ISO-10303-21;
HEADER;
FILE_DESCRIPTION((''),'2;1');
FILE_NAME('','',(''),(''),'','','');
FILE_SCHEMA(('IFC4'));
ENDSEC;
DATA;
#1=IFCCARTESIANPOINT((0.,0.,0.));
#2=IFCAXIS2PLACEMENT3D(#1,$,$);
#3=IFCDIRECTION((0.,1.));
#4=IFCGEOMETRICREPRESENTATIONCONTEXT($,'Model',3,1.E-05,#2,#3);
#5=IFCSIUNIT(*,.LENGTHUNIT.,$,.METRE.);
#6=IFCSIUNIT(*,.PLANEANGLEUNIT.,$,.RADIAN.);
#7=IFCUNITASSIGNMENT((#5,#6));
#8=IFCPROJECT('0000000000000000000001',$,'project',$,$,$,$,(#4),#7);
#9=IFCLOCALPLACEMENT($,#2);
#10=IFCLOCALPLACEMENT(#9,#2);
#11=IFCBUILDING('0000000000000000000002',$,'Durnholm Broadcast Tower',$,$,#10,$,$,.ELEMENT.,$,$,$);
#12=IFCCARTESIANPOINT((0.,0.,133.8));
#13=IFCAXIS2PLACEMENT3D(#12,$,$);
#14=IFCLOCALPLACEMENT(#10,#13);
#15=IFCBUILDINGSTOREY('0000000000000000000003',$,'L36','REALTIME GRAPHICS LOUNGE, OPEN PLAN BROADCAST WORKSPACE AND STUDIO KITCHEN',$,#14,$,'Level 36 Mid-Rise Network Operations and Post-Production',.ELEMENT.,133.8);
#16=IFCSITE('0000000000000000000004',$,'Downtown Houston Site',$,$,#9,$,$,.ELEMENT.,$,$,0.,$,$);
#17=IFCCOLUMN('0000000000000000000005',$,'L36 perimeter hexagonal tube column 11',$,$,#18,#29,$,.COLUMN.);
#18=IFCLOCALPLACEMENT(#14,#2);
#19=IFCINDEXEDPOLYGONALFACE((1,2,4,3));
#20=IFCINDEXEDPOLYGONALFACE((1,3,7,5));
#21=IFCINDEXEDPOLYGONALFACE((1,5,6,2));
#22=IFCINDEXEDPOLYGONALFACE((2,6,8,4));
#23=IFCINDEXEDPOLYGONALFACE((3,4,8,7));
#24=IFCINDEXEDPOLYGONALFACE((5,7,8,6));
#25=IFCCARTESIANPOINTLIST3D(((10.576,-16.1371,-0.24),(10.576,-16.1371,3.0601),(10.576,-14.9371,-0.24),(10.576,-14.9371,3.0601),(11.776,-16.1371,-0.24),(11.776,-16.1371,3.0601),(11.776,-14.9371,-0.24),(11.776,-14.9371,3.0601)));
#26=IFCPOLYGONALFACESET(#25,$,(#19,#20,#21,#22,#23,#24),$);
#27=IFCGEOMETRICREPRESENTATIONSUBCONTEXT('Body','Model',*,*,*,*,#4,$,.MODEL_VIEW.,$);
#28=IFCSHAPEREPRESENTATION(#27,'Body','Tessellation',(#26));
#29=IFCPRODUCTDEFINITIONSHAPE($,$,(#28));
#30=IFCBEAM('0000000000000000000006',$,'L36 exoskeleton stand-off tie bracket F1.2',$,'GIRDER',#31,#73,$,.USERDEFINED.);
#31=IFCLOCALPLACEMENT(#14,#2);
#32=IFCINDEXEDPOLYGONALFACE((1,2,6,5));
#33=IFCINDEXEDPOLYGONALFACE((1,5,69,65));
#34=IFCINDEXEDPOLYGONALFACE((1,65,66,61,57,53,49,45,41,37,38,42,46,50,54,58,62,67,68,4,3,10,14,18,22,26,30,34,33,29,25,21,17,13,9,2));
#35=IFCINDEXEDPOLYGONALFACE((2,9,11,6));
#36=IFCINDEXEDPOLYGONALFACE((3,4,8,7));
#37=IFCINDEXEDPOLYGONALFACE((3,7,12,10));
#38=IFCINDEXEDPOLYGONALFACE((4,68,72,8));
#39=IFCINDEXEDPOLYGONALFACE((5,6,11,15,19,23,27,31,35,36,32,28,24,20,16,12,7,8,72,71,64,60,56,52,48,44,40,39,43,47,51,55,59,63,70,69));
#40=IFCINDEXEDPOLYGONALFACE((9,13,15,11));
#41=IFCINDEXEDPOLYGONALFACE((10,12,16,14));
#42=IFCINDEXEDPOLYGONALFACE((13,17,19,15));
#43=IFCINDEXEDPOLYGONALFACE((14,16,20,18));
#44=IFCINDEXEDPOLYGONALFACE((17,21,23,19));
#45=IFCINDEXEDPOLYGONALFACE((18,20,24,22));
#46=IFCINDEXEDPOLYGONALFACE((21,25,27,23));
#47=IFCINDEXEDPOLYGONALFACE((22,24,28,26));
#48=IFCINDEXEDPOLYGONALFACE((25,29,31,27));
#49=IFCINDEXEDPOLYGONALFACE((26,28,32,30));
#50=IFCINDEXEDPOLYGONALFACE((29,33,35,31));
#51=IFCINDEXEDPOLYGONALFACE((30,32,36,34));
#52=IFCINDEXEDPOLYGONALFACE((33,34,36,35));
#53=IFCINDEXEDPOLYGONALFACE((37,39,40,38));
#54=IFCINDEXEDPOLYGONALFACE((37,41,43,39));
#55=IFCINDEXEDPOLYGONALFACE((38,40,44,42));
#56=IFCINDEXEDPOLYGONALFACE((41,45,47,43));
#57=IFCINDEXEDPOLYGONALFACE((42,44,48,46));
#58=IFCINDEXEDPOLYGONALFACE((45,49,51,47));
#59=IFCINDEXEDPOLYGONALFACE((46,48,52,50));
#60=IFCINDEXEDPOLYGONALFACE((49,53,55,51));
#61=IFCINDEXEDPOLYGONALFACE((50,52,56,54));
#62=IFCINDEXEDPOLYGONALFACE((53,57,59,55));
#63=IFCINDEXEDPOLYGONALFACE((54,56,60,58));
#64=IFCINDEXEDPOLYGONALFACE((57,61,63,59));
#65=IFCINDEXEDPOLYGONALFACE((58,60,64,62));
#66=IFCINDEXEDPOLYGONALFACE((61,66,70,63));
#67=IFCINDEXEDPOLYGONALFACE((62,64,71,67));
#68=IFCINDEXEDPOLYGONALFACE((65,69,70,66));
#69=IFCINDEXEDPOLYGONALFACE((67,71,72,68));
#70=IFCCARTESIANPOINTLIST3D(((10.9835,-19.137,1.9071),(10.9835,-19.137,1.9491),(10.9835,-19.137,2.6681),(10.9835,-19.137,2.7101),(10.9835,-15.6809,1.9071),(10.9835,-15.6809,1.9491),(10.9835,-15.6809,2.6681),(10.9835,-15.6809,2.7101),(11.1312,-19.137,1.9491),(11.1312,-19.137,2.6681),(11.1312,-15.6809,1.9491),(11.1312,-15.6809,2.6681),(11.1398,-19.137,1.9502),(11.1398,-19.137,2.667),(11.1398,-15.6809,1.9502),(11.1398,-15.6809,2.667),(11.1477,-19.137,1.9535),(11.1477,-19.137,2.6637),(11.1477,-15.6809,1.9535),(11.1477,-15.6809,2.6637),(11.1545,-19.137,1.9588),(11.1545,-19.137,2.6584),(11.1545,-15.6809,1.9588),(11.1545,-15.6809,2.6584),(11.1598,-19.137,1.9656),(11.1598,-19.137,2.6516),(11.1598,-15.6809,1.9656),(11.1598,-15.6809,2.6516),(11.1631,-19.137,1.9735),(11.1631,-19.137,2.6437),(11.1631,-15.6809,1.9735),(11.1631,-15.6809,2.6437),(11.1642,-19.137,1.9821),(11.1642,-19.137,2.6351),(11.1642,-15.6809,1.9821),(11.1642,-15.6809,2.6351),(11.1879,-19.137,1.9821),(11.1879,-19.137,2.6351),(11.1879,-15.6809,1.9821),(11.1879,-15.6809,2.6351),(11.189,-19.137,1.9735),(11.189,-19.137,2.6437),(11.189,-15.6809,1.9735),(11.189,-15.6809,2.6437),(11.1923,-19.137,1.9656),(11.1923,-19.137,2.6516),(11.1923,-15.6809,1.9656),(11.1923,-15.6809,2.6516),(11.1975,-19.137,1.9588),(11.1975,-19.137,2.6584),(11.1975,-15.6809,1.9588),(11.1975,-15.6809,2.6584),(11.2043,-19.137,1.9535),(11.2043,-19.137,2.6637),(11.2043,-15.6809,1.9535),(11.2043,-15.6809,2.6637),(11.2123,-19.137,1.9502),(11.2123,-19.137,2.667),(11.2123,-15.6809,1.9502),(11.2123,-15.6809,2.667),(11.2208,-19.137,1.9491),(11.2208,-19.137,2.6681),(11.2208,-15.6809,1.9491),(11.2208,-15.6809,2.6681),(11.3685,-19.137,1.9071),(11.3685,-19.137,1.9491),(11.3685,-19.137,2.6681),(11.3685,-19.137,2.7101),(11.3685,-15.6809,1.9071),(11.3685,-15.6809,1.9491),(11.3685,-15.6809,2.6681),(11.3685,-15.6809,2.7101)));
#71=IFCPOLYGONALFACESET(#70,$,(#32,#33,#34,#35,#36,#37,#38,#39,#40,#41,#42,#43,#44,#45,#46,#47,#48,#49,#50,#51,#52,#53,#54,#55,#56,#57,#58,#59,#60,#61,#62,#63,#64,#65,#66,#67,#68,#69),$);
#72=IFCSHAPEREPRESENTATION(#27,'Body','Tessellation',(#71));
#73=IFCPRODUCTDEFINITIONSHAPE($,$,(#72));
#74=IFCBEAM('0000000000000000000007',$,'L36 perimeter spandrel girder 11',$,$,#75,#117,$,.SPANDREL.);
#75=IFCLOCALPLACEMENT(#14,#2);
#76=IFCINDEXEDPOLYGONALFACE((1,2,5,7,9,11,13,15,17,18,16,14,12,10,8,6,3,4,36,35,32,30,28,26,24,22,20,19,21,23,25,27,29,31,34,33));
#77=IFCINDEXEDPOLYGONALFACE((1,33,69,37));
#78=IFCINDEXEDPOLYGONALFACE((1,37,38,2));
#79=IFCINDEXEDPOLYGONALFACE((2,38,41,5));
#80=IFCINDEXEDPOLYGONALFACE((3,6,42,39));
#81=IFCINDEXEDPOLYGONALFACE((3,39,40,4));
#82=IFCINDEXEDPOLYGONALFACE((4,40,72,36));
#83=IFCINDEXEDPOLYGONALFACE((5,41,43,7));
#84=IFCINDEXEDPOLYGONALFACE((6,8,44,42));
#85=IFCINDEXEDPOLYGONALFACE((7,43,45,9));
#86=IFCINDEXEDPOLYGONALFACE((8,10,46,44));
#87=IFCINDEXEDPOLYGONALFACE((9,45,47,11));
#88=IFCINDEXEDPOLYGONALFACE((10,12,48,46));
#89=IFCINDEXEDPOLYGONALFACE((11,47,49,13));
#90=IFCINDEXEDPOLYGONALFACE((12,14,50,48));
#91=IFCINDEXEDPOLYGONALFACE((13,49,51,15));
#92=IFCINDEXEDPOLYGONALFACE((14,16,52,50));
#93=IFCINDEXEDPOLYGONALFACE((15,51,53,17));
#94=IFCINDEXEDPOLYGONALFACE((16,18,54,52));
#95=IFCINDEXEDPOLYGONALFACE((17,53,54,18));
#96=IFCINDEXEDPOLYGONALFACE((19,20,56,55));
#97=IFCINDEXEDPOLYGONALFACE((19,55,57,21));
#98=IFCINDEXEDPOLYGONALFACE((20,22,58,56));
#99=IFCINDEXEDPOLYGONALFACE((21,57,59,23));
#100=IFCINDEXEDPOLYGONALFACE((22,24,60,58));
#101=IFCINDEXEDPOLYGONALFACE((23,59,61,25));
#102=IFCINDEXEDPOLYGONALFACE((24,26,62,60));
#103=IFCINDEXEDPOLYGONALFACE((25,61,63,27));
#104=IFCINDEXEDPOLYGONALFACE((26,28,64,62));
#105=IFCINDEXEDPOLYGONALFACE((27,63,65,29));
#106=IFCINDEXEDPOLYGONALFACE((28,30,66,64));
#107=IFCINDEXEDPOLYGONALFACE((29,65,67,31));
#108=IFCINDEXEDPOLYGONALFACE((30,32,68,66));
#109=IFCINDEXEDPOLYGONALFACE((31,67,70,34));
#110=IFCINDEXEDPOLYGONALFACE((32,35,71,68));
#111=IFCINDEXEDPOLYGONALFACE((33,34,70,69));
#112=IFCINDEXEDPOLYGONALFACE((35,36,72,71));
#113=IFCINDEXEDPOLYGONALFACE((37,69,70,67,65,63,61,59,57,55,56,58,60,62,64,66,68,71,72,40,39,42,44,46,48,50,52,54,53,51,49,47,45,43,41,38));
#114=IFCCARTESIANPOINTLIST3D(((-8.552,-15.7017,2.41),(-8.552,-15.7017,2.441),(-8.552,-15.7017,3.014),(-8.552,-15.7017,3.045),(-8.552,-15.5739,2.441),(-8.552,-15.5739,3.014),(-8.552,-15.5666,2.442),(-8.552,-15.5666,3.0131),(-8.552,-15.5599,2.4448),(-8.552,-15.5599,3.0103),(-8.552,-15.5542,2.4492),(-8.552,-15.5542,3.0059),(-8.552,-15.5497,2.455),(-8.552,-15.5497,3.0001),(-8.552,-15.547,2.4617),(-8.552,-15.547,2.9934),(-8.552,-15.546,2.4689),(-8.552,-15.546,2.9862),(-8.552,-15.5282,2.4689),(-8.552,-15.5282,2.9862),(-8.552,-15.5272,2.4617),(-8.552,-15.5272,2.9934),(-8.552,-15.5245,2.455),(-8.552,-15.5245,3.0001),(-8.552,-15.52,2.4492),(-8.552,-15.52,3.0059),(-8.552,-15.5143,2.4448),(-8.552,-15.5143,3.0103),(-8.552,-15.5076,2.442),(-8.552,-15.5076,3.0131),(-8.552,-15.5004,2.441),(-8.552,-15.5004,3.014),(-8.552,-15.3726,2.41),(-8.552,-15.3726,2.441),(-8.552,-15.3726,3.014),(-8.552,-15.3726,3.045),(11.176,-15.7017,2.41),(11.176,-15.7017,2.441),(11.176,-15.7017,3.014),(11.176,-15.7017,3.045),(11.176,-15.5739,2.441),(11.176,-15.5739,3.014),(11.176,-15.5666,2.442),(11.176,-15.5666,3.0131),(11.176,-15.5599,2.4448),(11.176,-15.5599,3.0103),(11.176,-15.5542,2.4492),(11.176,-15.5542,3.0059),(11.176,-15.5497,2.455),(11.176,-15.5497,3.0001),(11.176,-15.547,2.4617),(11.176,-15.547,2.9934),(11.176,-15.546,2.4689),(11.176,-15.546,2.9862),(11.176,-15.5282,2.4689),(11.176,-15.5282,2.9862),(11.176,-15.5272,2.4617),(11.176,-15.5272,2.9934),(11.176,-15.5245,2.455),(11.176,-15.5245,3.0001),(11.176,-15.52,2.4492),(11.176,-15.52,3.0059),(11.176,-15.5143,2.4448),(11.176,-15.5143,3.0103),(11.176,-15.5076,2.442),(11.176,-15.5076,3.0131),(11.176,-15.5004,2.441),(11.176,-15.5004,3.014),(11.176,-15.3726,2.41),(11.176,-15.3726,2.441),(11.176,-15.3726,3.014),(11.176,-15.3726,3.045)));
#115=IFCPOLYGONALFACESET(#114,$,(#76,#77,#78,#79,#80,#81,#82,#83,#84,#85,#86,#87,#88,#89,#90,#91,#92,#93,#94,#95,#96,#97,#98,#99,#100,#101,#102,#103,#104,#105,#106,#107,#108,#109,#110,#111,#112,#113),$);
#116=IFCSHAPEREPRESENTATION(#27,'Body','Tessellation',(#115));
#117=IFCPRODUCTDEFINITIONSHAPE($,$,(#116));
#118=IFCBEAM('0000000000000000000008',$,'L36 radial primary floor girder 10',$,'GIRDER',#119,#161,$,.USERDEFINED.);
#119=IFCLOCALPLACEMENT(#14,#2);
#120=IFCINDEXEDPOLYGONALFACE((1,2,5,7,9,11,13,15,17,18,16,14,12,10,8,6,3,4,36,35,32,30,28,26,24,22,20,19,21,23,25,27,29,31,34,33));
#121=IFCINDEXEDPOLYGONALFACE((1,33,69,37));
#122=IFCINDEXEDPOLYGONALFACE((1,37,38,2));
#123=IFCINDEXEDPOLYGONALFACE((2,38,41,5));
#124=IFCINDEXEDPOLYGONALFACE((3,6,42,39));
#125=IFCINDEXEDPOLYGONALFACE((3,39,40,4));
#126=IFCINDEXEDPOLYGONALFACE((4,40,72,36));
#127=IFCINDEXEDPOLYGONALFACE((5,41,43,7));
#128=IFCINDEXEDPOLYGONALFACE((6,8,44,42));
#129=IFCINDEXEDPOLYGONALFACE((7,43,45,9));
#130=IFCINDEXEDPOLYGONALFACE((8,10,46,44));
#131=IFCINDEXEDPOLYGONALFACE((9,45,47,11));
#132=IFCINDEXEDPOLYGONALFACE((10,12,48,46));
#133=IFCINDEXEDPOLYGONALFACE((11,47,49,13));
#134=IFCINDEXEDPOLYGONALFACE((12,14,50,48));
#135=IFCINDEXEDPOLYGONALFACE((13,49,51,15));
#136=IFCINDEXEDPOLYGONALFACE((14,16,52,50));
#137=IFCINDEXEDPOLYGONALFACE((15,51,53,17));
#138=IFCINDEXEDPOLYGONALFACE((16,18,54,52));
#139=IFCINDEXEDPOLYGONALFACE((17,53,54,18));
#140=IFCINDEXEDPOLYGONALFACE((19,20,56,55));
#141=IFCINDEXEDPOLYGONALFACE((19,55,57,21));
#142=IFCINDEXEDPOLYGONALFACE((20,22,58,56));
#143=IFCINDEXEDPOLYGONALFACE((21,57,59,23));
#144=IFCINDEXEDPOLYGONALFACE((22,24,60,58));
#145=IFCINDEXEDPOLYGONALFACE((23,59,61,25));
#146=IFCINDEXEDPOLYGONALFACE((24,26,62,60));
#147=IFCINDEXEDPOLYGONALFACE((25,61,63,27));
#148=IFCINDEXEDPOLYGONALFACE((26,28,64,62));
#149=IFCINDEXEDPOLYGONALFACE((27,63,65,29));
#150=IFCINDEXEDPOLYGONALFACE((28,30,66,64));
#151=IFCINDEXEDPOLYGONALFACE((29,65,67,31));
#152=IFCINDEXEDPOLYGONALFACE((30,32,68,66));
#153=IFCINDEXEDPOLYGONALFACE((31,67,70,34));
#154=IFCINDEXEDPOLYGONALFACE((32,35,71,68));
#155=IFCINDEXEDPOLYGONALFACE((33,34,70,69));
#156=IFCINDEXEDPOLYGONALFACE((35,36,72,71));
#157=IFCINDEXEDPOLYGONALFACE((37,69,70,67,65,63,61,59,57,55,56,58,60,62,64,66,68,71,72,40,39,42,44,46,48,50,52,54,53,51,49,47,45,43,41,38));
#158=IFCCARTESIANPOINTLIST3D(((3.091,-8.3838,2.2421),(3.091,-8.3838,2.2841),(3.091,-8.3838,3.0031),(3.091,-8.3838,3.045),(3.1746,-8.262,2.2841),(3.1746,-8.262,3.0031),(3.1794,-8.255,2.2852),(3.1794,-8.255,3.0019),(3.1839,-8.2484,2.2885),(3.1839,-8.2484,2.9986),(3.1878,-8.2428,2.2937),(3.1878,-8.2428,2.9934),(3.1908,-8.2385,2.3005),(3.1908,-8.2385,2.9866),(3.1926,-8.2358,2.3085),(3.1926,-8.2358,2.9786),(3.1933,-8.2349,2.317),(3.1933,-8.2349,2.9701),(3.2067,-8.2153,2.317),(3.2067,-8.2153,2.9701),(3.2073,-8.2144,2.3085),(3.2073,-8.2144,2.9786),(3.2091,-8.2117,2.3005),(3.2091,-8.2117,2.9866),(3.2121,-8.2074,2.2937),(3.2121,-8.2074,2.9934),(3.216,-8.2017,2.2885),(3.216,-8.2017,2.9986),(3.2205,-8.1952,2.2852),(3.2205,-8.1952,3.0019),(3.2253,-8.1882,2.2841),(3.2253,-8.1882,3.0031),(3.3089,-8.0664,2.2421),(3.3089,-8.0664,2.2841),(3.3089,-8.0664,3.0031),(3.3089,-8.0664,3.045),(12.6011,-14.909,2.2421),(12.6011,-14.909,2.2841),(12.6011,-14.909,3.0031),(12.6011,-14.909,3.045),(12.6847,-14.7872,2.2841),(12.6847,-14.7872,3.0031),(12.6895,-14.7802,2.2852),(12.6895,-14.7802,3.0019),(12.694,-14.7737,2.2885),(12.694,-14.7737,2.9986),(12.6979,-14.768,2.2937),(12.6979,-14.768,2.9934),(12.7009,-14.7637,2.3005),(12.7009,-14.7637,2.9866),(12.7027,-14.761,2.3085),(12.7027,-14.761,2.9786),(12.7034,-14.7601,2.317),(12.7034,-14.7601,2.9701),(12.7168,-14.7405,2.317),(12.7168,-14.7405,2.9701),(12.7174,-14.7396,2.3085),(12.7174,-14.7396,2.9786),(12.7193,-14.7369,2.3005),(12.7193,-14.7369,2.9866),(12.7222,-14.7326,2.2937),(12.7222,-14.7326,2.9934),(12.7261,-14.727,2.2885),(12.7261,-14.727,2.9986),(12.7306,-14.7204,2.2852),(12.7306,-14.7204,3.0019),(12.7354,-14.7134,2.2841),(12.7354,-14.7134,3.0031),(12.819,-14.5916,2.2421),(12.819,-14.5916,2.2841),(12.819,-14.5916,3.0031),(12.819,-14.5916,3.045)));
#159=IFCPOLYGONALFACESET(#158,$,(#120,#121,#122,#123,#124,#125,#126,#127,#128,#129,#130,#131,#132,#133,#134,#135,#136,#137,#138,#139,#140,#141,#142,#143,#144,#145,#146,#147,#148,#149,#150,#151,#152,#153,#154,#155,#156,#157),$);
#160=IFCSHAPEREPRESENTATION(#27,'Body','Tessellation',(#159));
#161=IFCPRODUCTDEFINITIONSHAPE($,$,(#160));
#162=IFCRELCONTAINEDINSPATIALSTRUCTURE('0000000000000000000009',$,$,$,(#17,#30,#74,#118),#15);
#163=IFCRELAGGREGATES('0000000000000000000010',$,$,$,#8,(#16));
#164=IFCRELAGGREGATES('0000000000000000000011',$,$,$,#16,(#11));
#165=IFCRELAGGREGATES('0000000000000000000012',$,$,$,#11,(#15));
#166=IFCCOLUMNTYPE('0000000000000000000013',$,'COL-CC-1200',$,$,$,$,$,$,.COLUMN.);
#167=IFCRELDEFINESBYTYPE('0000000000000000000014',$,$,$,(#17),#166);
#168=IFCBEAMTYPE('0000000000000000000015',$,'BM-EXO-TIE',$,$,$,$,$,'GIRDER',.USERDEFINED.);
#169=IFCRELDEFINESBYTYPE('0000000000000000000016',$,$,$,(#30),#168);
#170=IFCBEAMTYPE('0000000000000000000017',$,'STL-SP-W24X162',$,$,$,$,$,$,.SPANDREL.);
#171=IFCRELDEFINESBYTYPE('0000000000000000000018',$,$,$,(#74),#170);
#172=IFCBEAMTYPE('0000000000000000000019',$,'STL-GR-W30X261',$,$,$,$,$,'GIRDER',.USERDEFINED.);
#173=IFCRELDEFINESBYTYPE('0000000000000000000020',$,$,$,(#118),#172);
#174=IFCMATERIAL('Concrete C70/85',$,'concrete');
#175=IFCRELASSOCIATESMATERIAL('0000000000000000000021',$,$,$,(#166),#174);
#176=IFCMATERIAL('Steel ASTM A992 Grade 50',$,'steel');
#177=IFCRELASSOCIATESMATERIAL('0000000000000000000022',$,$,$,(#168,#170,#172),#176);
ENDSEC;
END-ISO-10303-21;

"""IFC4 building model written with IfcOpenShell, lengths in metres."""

from ifc_helpers import new_model, si_unit, direction, frame, origin, origin_2d, place, context, subcontext, project, spatial, rectangle, i_section, extrude, source, transform, mapped, material, material_profile, profile_set, type_object, type_shapes, element, save


model = new_model("IFC4")

# Units and contexts
model_context = context("Model", 3, precision=1e-05, world=origin(), true_north=direction((0.0, 1.0)))
body_context = subcontext(model_context, "Body", "Model", "MODEL_VIEW")
ifc_project = project(units=[si_unit("LENGTHUNIT", "METRE"), si_unit("PLANEANGLEUNIT", "RADIAN")], contexts=[model_context])

# Site, building, storey
site_placement = place(None, origin())
site = spatial("IfcSite", under=ifc_project, at=site_placement, Name="Downtown Houston Site", CompositionType="ELEMENT", RefElevation=0.0)
building_placement = place(site_placement, origin())
building = spatial("IfcBuilding", under=site, at=building_placement, Name="Durnholm Broadcast Tower", CompositionType="ELEMENT")
storey_placement = place(building_placement, frame((0.0, 0.0, 133.8)))
storey = spatial("IfcBuildingStorey", under=building, at=storey_placement, Name="L36", Description="REALTIME GRAPHICS LOUNGE, OPEN PLAN BROADCAST WORKSPACE AND STUDIO KITCHEN", LongName="Level 36 Mid-Rise Network Operations and Post-Production", CompositionType="ELEMENT", Elevation=133.8)

# Column
ifc_material_1 = material(Name="Concrete C70/85", Category="concrete")
ifc_material_profile_1 = material_profile(ifc_material_1, rectangle(XDim=1.2, YDim=1.2, at=origin_2d()), Name="RC1200X1200")
ifc_profile_set_1 = profile_set([ifc_material_profile_1], Name="Concrete C70/85")
column_type = type_object("IfcColumnType", Name="COL-CC-1200", PredefinedType="COLUMN", material=ifc_profile_set_1)
shared_shape_1 = source(origin(), body_context, "Body", "SweptSolid", [
    extrude(rectangle(XDim=1.2, YDim=1.2, at=origin_2d()), origin(), (0.0, 0.0, 1.0), 3.3),
])
type_shapes(column_type, [shared_shape_1])
column_placement = place(storey_placement, frame((11.176, -15.5371, -0.24), z_axis=(0.0, 0.0, 1.0), x_axis=(1.0, 0.0, 0.0)))
element("IfcColumn", 1, at=column_placement, inside=storey, type_object=column_type, Name="L36 perimeter hexagonal tube column 11", PredefinedType="COLUMN", context=body_context, shape_type="MappedRepresentation", body=[
    mapped(shared_shape_1, transform((0.0, 0.0, 0.0), x_axis=(1.0, 0.0, 0.0), y_axis=(0.0, 1.0, 0.0), z_axis=(0.0, 0.0, 1.0), scale=1.0)),
])

# Beams
ifc_material_2 = material(Name="Steel ASTM A992 Grade 50", Category="steel")
ifc_material_profile_2 = material_profile(ifc_material_2, i_section(OverallWidth=0.385, OverallDepth=0.803, WebThickness=0.0237, FlangeThickness=0.042, FilletRadius=0.033, at=origin_2d()), Name="W30X261")
ifc_profile_set_2 = profile_set([ifc_material_profile_2], Name="Steel ASTM A992 Grade 50")
beam_type_1 = type_object("IfcBeamType", Name="BM-EXO-TIE", ElementType="GIRDER", PredefinedType="USERDEFINED", material=ifc_profile_set_2)
shared_shape_2 = source(origin(), body_context, "Body", "SweptSolid", [
    extrude(i_section(OverallWidth=0.385, OverallDepth=0.803, WebThickness=0.0237, FlangeThickness=0.042, FilletRadius=0.033, at=origin_2d()), origin(), (0.0, 0.0, 1.0), 3.4561),
])
type_shapes(beam_type_1, [shared_shape_2])
beam_1_placement = place(storey_placement, frame((11.176, -15.6809, 2.3086), z_axis=(0.0, -1.0, 0.0), x_axis=(1.0, 0.0, 0.0)))
element("IfcBeam", 2, at=beam_1_placement, inside=storey, type_object=beam_type_1, Name="L36 exoskeleton stand-off tie bracket F1.2", ObjectType="GIRDER", PredefinedType="USERDEFINED", context=body_context, shape_type="MappedRepresentation", body=[
    mapped(shared_shape_2, transform((0.0, 0.0, 0.0), x_axis=(1.0, 0.0, 0.0), y_axis=(0.0, 1.0, 0.0), z_axis=(0.0, 0.0, 1.0), scale=1.0)),
])
ifc_material_profile_3 = material_profile(ifc_material_2, i_section(OverallWidth=0.3291, OverallDepth=0.635, WebThickness=0.0178, FlangeThickness=0.031, FilletRadius=0.0278, at=origin_2d()), Name="W24X162")
ifc_profile_set_3 = profile_set([ifc_material_profile_3], Name="Steel ASTM A992 Grade 50")
beam_type_2 = type_object("IfcBeamType", Name="STL-SP-W24X162", PredefinedType="SPANDREL", material=ifc_profile_set_3)
shared_shape_3 = source(origin(), body_context, "Body", "SweptSolid", [
    extrude(i_section(OverallWidth=0.3291, OverallDepth=0.635, WebThickness=0.0178, FlangeThickness=0.031, FilletRadius=0.0278, at=origin_2d()), origin(), (0.0, 0.0, 1.0), 19.728),
])
type_shapes(beam_type_2, [shared_shape_3])
beam_2_placement = place(storey_placement, frame((11.176, -15.5371, 2.7275), z_axis=(-1.0, 0.0, 0.0), x_axis=(0.0, -1.0, 0.0)))
element("IfcBeam", 3, at=beam_2_placement, inside=storey, type_object=beam_type_2, Name="L36 perimeter spandrel girder 11", PredefinedType="SPANDREL", context=body_context, shape_type="MappedRepresentation", body=[
    mapped(shared_shape_3, transform((0.0, 0.0, 0.0), x_axis=(1.0, 0.0, 0.0), y_axis=(0.0, 1.0, 0.0), z_axis=(0.0, 0.0, 1.0), scale=1.0)),
])
ifc_material_profile_4 = material_profile(ifc_material_2, i_section(OverallWidth=0.385, OverallDepth=0.803, WebThickness=0.0237, FlangeThickness=0.042, FilletRadius=0.033, at=origin_2d()), Name="W30X261")
ifc_profile_set_4 = profile_set([ifc_material_profile_4], Name="Steel ASTM A992 Grade 50")
beam_type_3 = type_object("IfcBeamType", Name="STL-GR-W30X261", ElementType="GIRDER", PredefinedType="USERDEFINED", material=ifc_profile_set_4)
shared_shape_4 = source(origin(), body_context, "Body", "SweptSolid", [
    extrude(i_section(OverallWidth=0.385, OverallDepth=0.803, WebThickness=0.0237, FlangeThickness=0.042, FilletRadius=0.033, at=origin_2d()), origin(), (0.0, 0.0, 1.0), 11.5334),
])
beam_3_placement = place(storey_placement, frame((3.2, -8.2251, 2.6436), z_axis=(0.824567, -0.565764, 0.0), x_axis=(0.565764, 0.824567, 0.0)))
element("IfcBeam", 4, at=beam_3_placement, inside=storey, type_object=beam_type_3, Name="L36 radial primary floor girder 10", ObjectType="GIRDER", PredefinedType="USERDEFINED", context=body_context, shape_type="MappedRepresentation", body=[
    mapped(shared_shape_4, transform((0.0, 0.0, 0.0), x_axis=(1.0, 0.0, 0.0), y_axis=(0.0, 1.0, 0.0), z_axis=(0.0, 0.0, 1.0), scale=1.0)),
])

save(model, "model.ifc")
